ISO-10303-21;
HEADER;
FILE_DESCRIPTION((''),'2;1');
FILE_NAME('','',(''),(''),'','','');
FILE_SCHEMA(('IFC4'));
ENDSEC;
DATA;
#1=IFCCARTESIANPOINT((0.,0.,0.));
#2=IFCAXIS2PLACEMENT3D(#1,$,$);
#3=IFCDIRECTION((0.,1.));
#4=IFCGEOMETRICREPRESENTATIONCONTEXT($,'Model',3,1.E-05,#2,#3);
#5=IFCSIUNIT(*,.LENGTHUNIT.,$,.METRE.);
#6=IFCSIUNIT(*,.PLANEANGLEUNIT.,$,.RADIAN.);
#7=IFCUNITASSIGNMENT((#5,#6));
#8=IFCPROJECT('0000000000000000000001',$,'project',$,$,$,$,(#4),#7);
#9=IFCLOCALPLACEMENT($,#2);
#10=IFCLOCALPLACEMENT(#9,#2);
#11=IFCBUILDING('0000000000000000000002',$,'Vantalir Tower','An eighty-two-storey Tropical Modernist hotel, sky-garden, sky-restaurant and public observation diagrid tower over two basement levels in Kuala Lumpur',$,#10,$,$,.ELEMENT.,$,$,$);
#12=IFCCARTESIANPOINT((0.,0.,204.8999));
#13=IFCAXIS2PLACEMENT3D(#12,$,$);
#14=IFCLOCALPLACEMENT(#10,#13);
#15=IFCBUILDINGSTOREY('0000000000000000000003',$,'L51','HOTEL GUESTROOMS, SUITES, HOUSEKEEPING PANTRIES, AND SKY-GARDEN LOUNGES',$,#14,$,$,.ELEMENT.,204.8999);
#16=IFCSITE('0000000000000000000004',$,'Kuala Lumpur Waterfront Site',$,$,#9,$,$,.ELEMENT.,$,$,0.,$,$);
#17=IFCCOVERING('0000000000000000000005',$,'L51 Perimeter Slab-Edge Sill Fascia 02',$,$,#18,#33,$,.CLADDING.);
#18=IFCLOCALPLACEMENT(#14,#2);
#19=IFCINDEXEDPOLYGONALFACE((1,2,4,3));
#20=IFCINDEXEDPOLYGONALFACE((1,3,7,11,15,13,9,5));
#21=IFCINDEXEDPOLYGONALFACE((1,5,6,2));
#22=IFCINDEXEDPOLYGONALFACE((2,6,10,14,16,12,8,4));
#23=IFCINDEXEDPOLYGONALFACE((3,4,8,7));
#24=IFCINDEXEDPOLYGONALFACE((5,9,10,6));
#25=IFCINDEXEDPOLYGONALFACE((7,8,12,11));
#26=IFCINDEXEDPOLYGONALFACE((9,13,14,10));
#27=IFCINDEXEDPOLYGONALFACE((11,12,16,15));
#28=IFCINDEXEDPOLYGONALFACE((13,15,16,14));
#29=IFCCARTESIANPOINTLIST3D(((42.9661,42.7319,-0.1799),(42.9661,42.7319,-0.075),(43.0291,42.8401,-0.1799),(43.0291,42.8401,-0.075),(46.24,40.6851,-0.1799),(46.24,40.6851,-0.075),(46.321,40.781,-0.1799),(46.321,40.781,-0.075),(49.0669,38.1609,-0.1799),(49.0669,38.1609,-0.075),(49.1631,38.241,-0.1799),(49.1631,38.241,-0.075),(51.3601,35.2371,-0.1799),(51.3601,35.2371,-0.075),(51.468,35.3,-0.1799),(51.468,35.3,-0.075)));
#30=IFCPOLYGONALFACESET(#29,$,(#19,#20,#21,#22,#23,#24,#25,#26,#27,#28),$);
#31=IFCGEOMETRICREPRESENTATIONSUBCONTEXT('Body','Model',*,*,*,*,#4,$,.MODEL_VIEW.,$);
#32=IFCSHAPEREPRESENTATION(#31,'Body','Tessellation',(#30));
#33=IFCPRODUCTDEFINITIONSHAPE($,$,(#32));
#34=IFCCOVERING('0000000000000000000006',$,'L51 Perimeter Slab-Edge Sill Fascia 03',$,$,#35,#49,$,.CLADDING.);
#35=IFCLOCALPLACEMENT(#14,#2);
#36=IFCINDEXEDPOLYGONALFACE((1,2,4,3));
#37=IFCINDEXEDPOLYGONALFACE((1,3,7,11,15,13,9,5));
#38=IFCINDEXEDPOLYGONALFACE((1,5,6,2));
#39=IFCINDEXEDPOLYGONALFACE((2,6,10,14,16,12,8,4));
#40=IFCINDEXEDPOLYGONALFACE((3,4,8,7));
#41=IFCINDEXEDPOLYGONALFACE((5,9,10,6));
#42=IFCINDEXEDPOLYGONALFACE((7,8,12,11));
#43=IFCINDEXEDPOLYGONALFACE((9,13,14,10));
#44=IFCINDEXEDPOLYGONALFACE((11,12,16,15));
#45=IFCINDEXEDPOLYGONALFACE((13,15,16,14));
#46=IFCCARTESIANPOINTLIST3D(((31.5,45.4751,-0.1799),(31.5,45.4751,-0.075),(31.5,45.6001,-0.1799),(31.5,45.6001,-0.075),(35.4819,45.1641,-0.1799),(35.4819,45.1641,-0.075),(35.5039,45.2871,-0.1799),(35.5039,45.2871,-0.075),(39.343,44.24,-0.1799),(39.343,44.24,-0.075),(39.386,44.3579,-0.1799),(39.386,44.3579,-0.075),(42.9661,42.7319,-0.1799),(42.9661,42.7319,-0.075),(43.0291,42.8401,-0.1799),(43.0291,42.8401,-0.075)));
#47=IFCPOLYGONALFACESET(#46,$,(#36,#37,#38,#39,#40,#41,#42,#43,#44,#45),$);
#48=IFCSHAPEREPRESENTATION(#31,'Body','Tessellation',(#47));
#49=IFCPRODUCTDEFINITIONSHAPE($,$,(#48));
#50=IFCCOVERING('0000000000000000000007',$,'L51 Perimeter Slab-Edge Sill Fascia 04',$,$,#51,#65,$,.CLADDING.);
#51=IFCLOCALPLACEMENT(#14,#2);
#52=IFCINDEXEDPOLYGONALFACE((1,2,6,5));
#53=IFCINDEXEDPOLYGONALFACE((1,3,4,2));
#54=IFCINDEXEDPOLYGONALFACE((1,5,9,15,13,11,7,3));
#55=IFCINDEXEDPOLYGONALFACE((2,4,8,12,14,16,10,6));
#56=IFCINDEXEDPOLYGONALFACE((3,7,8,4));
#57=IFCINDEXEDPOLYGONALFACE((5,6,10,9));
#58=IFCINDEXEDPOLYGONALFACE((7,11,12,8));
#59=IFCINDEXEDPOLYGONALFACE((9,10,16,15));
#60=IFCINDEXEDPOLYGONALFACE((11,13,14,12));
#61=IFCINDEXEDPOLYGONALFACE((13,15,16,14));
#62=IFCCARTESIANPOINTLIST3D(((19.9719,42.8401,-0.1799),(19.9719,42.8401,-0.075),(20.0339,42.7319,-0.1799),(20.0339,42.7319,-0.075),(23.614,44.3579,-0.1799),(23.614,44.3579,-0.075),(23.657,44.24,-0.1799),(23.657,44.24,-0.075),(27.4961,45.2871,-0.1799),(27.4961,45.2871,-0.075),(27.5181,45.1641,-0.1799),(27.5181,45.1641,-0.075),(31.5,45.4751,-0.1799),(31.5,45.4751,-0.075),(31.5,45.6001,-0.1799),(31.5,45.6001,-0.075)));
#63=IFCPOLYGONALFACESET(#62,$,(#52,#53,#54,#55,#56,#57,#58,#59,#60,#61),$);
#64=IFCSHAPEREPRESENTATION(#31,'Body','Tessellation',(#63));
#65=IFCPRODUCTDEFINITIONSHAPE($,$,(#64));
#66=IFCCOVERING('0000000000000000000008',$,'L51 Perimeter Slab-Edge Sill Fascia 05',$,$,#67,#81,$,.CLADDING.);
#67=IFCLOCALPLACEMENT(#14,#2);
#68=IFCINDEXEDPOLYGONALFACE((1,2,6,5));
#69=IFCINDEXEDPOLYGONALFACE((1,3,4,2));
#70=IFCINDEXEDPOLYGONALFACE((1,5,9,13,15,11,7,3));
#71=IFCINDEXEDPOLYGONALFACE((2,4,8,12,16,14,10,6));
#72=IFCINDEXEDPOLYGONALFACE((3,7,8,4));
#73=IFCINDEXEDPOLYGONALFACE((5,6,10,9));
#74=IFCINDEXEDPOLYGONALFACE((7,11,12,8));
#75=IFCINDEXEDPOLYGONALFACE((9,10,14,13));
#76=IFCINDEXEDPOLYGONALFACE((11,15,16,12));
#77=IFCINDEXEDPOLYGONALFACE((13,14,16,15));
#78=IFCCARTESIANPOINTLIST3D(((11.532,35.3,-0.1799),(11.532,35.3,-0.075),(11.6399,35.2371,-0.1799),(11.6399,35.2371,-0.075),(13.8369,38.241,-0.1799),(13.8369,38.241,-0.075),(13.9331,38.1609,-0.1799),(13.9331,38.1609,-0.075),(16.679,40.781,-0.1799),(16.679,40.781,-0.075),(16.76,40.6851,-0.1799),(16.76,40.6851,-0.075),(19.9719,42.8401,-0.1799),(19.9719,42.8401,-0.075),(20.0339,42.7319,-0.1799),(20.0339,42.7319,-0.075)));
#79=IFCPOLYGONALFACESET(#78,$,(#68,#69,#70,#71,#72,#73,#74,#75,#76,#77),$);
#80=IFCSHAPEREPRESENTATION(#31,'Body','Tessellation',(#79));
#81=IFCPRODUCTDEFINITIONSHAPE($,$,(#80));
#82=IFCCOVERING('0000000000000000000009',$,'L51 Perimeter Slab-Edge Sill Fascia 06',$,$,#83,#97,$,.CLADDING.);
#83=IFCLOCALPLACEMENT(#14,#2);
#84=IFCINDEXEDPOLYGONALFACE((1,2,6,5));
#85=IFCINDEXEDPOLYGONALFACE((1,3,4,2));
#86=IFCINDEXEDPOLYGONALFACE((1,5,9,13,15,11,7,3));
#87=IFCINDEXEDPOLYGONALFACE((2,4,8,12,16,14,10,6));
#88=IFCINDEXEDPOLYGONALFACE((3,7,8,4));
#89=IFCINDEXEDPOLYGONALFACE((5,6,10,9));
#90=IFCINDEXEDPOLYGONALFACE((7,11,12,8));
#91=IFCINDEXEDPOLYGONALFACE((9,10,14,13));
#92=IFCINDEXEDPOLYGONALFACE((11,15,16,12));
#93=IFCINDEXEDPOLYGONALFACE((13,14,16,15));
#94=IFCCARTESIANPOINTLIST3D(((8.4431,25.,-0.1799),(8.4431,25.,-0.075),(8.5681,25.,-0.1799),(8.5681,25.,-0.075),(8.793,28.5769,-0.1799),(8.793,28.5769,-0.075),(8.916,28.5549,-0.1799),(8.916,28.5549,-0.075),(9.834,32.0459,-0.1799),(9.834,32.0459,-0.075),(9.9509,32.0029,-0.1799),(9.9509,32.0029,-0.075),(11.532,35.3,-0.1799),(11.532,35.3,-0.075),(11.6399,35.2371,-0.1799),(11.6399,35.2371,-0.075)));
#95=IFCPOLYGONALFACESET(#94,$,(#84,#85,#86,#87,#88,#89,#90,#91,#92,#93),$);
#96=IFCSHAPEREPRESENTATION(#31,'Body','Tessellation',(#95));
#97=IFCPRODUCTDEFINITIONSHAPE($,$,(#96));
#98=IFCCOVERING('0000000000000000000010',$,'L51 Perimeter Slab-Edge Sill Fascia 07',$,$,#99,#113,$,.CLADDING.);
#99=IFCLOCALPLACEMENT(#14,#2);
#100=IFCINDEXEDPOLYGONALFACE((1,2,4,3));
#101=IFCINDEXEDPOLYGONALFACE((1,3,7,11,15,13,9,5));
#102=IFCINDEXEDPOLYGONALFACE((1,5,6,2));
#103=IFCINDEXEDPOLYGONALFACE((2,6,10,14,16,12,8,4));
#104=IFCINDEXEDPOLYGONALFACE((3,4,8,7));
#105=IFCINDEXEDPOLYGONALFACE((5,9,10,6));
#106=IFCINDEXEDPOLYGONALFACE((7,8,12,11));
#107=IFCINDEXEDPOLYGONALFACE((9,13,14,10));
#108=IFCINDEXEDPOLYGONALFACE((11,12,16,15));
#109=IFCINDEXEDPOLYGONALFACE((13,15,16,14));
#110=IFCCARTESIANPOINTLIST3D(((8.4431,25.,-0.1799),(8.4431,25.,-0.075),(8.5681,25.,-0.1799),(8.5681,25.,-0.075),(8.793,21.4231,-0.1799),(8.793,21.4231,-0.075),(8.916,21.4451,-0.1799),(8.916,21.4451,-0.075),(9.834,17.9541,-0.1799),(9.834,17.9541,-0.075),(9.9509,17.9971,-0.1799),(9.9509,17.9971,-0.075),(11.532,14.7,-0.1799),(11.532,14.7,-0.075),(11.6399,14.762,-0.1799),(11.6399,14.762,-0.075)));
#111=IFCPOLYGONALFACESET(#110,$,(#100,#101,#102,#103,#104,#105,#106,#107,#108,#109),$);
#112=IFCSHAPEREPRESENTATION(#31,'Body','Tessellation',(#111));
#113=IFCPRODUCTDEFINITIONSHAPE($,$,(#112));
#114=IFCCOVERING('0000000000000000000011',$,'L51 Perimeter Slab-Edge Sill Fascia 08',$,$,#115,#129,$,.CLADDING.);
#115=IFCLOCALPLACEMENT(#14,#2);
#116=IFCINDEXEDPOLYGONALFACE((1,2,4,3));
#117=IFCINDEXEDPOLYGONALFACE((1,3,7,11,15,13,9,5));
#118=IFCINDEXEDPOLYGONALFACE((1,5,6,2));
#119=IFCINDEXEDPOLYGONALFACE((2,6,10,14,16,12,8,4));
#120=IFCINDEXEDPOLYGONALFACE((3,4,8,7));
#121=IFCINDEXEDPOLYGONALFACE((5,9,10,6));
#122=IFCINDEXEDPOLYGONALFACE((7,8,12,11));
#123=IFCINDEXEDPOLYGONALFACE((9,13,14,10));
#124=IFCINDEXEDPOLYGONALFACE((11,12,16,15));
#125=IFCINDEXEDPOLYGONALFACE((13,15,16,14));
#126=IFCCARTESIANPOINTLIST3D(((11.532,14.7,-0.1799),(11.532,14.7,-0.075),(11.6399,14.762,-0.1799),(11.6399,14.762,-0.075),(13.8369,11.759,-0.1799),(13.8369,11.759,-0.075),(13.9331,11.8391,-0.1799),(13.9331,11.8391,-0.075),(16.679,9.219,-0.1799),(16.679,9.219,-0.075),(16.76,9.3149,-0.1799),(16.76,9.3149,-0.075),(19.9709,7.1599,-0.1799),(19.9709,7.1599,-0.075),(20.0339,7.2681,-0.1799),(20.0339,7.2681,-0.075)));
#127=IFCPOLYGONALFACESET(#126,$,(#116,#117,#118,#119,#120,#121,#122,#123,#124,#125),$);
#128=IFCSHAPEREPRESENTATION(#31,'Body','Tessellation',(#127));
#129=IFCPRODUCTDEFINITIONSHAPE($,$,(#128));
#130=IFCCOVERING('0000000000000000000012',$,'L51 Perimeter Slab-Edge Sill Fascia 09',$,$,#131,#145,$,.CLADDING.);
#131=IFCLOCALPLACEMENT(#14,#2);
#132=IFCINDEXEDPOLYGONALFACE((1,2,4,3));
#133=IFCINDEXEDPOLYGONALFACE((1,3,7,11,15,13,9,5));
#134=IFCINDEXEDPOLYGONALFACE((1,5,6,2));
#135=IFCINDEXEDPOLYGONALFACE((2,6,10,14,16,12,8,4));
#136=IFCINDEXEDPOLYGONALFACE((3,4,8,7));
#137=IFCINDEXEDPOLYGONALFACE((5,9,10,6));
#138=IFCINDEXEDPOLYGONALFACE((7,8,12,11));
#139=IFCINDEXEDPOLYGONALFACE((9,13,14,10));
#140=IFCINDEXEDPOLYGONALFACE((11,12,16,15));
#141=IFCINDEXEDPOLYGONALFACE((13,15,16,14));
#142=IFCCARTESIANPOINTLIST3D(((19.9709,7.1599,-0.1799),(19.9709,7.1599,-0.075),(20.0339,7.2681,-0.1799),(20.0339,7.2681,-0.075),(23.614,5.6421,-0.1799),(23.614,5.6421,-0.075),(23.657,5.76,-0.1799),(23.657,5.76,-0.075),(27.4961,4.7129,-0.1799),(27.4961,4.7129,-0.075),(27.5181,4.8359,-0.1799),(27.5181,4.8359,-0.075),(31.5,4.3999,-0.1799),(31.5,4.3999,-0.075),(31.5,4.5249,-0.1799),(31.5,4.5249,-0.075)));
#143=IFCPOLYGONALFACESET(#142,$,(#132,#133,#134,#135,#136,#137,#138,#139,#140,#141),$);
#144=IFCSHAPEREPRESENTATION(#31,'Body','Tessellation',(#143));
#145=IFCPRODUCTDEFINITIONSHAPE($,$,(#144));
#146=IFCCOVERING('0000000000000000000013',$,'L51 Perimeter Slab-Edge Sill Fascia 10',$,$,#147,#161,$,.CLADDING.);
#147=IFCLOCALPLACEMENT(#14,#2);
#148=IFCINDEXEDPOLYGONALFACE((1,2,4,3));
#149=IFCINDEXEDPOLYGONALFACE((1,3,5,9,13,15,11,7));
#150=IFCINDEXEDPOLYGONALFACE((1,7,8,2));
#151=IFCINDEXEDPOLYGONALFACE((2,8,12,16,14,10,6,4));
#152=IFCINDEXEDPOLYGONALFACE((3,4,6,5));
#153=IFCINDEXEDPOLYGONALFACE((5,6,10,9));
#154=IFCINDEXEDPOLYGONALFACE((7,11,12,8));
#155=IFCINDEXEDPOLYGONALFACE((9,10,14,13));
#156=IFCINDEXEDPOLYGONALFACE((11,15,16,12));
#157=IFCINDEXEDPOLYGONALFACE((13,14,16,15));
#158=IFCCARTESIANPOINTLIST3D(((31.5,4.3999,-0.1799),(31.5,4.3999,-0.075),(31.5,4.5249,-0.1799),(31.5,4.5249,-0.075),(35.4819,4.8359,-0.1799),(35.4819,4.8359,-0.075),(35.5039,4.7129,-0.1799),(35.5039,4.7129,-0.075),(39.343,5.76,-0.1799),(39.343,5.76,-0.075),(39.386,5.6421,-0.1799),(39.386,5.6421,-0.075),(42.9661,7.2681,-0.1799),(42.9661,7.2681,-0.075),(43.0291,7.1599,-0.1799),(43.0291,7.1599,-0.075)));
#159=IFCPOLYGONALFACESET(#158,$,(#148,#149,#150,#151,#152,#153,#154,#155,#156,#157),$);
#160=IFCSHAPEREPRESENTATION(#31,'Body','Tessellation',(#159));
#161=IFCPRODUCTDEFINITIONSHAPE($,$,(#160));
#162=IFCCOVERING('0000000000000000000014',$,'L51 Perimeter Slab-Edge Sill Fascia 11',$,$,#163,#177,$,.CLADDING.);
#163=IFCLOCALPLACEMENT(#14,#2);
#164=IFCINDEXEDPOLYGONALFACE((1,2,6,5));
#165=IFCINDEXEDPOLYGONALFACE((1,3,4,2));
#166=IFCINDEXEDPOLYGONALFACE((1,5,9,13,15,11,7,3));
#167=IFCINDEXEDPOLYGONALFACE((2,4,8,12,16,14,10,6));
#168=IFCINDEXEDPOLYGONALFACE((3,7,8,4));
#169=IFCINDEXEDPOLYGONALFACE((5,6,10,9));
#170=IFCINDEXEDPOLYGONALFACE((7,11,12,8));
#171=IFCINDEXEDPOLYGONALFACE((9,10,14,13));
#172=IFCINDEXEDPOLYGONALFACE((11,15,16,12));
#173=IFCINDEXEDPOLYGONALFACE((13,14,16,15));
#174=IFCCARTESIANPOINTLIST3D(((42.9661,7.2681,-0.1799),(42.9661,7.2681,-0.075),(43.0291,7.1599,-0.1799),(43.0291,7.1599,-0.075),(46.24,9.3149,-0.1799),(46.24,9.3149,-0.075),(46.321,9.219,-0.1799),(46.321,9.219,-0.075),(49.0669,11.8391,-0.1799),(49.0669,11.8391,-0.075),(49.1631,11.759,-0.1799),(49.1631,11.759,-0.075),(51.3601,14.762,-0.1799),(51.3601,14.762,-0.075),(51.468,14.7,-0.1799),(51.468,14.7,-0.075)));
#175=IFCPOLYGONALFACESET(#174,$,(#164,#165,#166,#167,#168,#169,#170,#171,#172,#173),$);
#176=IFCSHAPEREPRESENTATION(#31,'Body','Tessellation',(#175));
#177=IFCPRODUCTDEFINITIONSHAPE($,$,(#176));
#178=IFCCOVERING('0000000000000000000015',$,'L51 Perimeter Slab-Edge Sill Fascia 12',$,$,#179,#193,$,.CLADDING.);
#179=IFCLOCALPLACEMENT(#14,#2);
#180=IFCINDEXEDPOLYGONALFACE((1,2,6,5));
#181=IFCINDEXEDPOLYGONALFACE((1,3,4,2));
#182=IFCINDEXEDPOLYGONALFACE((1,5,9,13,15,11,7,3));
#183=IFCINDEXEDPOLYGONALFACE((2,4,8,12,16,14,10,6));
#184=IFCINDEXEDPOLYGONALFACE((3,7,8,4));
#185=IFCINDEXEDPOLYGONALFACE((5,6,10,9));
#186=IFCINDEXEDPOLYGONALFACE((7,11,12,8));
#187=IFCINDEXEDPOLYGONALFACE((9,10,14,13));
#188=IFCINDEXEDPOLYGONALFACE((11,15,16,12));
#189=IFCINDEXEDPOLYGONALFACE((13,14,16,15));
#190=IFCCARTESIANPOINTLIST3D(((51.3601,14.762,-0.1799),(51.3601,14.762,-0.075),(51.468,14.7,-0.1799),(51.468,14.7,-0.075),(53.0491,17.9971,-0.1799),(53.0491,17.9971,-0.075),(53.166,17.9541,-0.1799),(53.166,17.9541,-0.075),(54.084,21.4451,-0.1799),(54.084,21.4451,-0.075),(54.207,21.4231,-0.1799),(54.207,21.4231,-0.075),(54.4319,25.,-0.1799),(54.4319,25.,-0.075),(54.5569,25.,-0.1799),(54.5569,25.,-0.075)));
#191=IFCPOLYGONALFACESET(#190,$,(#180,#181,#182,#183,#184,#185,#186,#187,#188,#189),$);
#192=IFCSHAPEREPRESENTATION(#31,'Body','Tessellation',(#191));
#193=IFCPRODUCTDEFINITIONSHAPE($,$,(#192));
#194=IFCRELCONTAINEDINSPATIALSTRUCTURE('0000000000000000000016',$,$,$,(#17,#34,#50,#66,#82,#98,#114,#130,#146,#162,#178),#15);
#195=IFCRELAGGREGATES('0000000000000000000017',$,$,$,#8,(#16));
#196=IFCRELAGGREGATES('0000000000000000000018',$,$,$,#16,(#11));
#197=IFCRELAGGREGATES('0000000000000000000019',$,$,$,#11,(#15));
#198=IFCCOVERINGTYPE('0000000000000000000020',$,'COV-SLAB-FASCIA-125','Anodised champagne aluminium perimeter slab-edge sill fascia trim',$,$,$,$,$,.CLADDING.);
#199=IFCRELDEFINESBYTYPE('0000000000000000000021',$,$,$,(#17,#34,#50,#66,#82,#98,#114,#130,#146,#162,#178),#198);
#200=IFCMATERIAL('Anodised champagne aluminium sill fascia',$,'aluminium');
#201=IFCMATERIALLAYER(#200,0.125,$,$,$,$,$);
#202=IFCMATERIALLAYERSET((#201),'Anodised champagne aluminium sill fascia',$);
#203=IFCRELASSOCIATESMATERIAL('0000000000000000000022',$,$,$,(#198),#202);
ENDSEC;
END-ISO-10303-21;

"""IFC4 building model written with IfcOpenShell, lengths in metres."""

from ifc_helpers import new_model, si_unit, direction, frame, origin, place, context, subcontext, project, spatial, polyline, outline, extrude, material, layer, layer_set, type_object, element, save


model = new_model("IFC4")

# Units and contexts
model_context = context("Model", 3, precision=1e-05, world=origin(), true_north=direction((0.0, 1.0)))
body_context = subcontext(model_context, "Body", "Model", "MODEL_VIEW")
ifc_project = project(units=[si_unit("LENGTHUNIT", "METRE"), si_unit("PLANEANGLEUNIT", "RADIAN")], contexts=[model_context])

# Site, building, storey
site_placement = place(None, origin())
site = spatial("IfcSite", under=ifc_project, at=site_placement, Name="Kuala Lumpur Waterfront Site", CompositionType="ELEMENT", RefElevation=0.0)
building_placement = place(site_placement, origin())
building = spatial("IfcBuilding", under=site, at=building_placement, Name="Vantalir Tower", Description="An eighty-two-storey Tropical Modernist hotel, sky-garden, sky-restaurant and public observation diagrid tower over two basement levels in Kuala Lumpur", CompositionType="ELEMENT")
storey_placement = place(building_placement, frame((0.0, 0.0, 204.8999)))
storey = spatial("IfcBuildingStorey", under=building, at=storey_placement, Name="L51", Description="HOTEL GUESTROOMS, SUITES, HOUSEKEEPING PANTRIES, AND SKY-GARDEN LOUNGES", CompositionType="ELEMENT", Elevation=204.8999)

# Coverings
ifc_material_1 = material(Name="Anodised champagne aluminium sill fascia", Category="aluminium")
ifc_layer_1 = layer(ifc_material_1, 0.125)
ifc_layer_set_1 = layer_set([ifc_layer_1], Name="Anodised champagne aluminium sill fascia")
covering_type = type_object("IfcCoveringType", Name="COV-SLAB-FASCIA-125", Description="Anodised champagne aluminium perimeter slab-edge sill fascia trim", PredefinedType="CLADDING", material=ifc_layer_set_1)
covering_1_placement = place(storey_placement, frame((0.0, 0.0, -0.1799)))
element("IfcCovering", 1, at=covering_1_placement, inside=storey, type_object=covering_type, Name="L51 Perimeter Slab-Edge Sill Fascia 02", PredefinedType="CLADDING", context=body_context, shape_type="SweptSolid", body=[
    extrude(outline(polyline([(51.468, 35.3), (49.1631, 38.241), (46.321, 40.781), (43.0291, 42.8401), (42.9661, 42.7319), (46.24, 40.6851), (49.0669, 38.1609), (51.3601, 35.2371), (51.468, 35.3)])), origin(), (0.0, 0.0, 1.0), 0.105),
])
covering_2_placement = place(storey_placement, frame((0.0, 0.0, -0.1799)))
element("IfcCovering", 2, at=covering_2_placement, inside=storey, type_object=covering_type, Name="L51 Perimeter Slab-Edge Sill Fascia 03", PredefinedType="CLADDING", context=body_context, shape_type="SweptSolid", body=[
    extrude(outline(polyline([(43.0291, 42.8401), (39.386, 44.3579), (35.5039, 45.2871), (31.5, 45.6001), (31.5, 45.4751), (35.4819, 45.1641), (39.343, 44.24), (42.9661, 42.7319), (43.0291, 42.8401)])), origin(), (0.0, 0.0, 1.0), 0.105),
])
covering_3_placement = place(storey_placement, frame((0.0, 0.0, -0.1799)))
element("IfcCovering", 3, at=covering_3_placement, inside=storey, type_object=covering_type, Name="L51 Perimeter Slab-Edge Sill Fascia 04", PredefinedType="CLADDING", context=body_context, shape_type="SweptSolid", body=[
    extrude(outline(polyline([(31.5, 45.6001), (27.4961, 45.2871), (23.614, 44.3579), (19.9719, 42.8401), (20.0339, 42.7319), (23.657, 44.24), (27.5181, 45.1641), (31.5, 45.4751), (31.5, 45.6001)])), origin(), (0.0, 0.0, 1.0), 0.105),
])
covering_4_placement = place(storey_placement, frame((0.0, 0.0, -0.1799)))
element("IfcCovering", 4, at=covering_4_placement, inside=storey, type_object=covering_type, Name="L51 Perimeter Slab-Edge Sill Fascia 05", PredefinedType="CLADDING", context=body_context, shape_type="SweptSolid", body=[
    extrude(outline(polyline([(19.9719, 42.8401), (16.679, 40.781), (13.8369, 38.241), (11.532, 35.3), (11.6399, 35.2371), (13.9331, 38.1609), (16.76, 40.6851), (20.0339, 42.7319), (19.9719, 42.8401)])), origin(), (0.0, 0.0, 1.0), 0.105),
])
covering_5_placement = place(storey_placement, frame((0.0, 0.0, -0.1799)))
element("IfcCovering", 5, at=covering_5_placement, inside=storey, type_object=covering_type, Name="L51 Perimeter Slab-Edge Sill Fascia 06", PredefinedType="CLADDING", context=body_context, shape_type="SweptSolid", body=[
    extrude(outline(polyline([(11.532, 35.3), (9.834, 32.0459), (8.793, 28.5769), (8.4431, 25.0), (8.5681, 25.0), (8.916, 28.5549), (9.9509, 32.0029), (11.6399, 35.2371), (11.532, 35.3)])), origin(), (0.0, 0.0, 1.0), 0.105),
])
covering_6_placement = place(storey_placement, frame((0.0, 0.0, -0.1799)))
element("IfcCovering", 6, at=covering_6_placement, inside=storey, type_object=covering_type, Name="L51 Perimeter Slab-Edge Sill Fascia 07", PredefinedType="CLADDING", context=body_context, shape_type="SweptSolid", body=[
    extrude(outline(polyline([(8.4431, 25.0), (8.793, 21.4231), (9.834, 17.9541), (11.532, 14.7), (11.6399, 14.762), (9.9509, 17.9971), (8.916, 21.4451), (8.5681, 25.0), (8.4431, 25.0)])), origin(), (0.0, 0.0, 1.0), 0.105),
])
covering_7_placement = place(storey_placement, frame((0.0, 0.0, -0.1799)))
element("IfcCovering", 7, at=covering_7_placement, inside=storey, type_object=covering_type, Name="L51 Perimeter Slab-Edge Sill Fascia 08", PredefinedType="CLADDING", context=body_context, shape_type="SweptSolid", body=[
    extrude(outline(polyline([(11.532, 14.7), (13.8369, 11.759), (16.679, 9.219), (19.9709, 7.1599), (20.0339, 7.2681), (16.76, 9.3149), (13.9331, 11.8391), (11.6399, 14.762), (11.532, 14.7)])), origin(), (0.0, 0.0, 1.0), 0.105),
])
covering_8_placement = place(storey_placement, frame((0.0, 0.0, -0.1799)))
element("IfcCovering", 8, at=covering_8_placement, inside=storey, type_object=covering_type, Name="L51 Perimeter Slab-Edge Sill Fascia 09", PredefinedType="CLADDING", context=body_context, shape_type="SweptSolid", body=[
    extrude(outline(polyline([(19.9709, 7.1599), (23.614, 5.6421), (27.4961, 4.7129), (31.5, 4.3999), (31.5, 4.5249), (27.5181, 4.8359), (23.657, 5.76), (20.0339, 7.2681), (19.9709, 7.1599)])), origin(), (0.0, 0.0, 1.0), 0.105),
])
covering_9_placement = place(storey_placement, frame((0.0, 0.0, -0.1799)))
element("IfcCovering", 9, at=covering_9_placement, inside=storey, type_object=covering_type, Name="L51 Perimeter Slab-Edge Sill Fascia 10", PredefinedType="CLADDING", context=body_context, shape_type="SweptSolid", body=[
    extrude(outline(polyline([(31.5, 4.3999), (35.5039, 4.7129), (39.386, 5.6421), (43.0291, 7.1599), (42.9661, 7.2681), (39.343, 5.76), (35.4819, 4.8359), (31.5, 4.5249), (31.5, 4.3999)])), origin(), (0.0, 0.0, 1.0), 0.105),
])
covering_10_placement = place(storey_placement, frame((0.0, 0.0, -0.1799)))
element("IfcCovering", 10, at=covering_10_placement, inside=storey, type_object=covering_type, Name="L51 Perimeter Slab-Edge Sill Fascia 11", PredefinedType="CLADDING", context=body_context, shape_type="SweptSolid", body=[
    extrude(outline(polyline([(43.0291, 7.1599), (46.321, 9.219), (49.1631, 11.759), (51.468, 14.7), (51.3601, 14.762), (49.0669, 11.8391), (46.24, 9.3149), (42.9661, 7.2681), (43.0291, 7.1599)])), origin(), (0.0, 0.0, 1.0), 0.105),
])
covering_11_placement = place(storey_placement, frame((0.0, 0.0, -0.1799)))
element("IfcCovering", 11, at=covering_11_placement, inside=storey, type_object=covering_type, Name="L51 Perimeter Slab-Edge Sill Fascia 12", PredefinedType="CLADDING", context=body_context, shape_type="SweptSolid", body=[
    extrude(outline(polyline([(51.468, 14.7), (53.166, 17.9541), (54.207, 21.4231), (54.5569, 25.0), (54.4319, 25.0), (54.084, 21.4451), (53.0491, 17.9971), (51.3601, 14.762), (51.468, 14.7)])), origin(), (0.0, 0.0, 1.0), 0.105),
])

save(model, "model.ifc")
